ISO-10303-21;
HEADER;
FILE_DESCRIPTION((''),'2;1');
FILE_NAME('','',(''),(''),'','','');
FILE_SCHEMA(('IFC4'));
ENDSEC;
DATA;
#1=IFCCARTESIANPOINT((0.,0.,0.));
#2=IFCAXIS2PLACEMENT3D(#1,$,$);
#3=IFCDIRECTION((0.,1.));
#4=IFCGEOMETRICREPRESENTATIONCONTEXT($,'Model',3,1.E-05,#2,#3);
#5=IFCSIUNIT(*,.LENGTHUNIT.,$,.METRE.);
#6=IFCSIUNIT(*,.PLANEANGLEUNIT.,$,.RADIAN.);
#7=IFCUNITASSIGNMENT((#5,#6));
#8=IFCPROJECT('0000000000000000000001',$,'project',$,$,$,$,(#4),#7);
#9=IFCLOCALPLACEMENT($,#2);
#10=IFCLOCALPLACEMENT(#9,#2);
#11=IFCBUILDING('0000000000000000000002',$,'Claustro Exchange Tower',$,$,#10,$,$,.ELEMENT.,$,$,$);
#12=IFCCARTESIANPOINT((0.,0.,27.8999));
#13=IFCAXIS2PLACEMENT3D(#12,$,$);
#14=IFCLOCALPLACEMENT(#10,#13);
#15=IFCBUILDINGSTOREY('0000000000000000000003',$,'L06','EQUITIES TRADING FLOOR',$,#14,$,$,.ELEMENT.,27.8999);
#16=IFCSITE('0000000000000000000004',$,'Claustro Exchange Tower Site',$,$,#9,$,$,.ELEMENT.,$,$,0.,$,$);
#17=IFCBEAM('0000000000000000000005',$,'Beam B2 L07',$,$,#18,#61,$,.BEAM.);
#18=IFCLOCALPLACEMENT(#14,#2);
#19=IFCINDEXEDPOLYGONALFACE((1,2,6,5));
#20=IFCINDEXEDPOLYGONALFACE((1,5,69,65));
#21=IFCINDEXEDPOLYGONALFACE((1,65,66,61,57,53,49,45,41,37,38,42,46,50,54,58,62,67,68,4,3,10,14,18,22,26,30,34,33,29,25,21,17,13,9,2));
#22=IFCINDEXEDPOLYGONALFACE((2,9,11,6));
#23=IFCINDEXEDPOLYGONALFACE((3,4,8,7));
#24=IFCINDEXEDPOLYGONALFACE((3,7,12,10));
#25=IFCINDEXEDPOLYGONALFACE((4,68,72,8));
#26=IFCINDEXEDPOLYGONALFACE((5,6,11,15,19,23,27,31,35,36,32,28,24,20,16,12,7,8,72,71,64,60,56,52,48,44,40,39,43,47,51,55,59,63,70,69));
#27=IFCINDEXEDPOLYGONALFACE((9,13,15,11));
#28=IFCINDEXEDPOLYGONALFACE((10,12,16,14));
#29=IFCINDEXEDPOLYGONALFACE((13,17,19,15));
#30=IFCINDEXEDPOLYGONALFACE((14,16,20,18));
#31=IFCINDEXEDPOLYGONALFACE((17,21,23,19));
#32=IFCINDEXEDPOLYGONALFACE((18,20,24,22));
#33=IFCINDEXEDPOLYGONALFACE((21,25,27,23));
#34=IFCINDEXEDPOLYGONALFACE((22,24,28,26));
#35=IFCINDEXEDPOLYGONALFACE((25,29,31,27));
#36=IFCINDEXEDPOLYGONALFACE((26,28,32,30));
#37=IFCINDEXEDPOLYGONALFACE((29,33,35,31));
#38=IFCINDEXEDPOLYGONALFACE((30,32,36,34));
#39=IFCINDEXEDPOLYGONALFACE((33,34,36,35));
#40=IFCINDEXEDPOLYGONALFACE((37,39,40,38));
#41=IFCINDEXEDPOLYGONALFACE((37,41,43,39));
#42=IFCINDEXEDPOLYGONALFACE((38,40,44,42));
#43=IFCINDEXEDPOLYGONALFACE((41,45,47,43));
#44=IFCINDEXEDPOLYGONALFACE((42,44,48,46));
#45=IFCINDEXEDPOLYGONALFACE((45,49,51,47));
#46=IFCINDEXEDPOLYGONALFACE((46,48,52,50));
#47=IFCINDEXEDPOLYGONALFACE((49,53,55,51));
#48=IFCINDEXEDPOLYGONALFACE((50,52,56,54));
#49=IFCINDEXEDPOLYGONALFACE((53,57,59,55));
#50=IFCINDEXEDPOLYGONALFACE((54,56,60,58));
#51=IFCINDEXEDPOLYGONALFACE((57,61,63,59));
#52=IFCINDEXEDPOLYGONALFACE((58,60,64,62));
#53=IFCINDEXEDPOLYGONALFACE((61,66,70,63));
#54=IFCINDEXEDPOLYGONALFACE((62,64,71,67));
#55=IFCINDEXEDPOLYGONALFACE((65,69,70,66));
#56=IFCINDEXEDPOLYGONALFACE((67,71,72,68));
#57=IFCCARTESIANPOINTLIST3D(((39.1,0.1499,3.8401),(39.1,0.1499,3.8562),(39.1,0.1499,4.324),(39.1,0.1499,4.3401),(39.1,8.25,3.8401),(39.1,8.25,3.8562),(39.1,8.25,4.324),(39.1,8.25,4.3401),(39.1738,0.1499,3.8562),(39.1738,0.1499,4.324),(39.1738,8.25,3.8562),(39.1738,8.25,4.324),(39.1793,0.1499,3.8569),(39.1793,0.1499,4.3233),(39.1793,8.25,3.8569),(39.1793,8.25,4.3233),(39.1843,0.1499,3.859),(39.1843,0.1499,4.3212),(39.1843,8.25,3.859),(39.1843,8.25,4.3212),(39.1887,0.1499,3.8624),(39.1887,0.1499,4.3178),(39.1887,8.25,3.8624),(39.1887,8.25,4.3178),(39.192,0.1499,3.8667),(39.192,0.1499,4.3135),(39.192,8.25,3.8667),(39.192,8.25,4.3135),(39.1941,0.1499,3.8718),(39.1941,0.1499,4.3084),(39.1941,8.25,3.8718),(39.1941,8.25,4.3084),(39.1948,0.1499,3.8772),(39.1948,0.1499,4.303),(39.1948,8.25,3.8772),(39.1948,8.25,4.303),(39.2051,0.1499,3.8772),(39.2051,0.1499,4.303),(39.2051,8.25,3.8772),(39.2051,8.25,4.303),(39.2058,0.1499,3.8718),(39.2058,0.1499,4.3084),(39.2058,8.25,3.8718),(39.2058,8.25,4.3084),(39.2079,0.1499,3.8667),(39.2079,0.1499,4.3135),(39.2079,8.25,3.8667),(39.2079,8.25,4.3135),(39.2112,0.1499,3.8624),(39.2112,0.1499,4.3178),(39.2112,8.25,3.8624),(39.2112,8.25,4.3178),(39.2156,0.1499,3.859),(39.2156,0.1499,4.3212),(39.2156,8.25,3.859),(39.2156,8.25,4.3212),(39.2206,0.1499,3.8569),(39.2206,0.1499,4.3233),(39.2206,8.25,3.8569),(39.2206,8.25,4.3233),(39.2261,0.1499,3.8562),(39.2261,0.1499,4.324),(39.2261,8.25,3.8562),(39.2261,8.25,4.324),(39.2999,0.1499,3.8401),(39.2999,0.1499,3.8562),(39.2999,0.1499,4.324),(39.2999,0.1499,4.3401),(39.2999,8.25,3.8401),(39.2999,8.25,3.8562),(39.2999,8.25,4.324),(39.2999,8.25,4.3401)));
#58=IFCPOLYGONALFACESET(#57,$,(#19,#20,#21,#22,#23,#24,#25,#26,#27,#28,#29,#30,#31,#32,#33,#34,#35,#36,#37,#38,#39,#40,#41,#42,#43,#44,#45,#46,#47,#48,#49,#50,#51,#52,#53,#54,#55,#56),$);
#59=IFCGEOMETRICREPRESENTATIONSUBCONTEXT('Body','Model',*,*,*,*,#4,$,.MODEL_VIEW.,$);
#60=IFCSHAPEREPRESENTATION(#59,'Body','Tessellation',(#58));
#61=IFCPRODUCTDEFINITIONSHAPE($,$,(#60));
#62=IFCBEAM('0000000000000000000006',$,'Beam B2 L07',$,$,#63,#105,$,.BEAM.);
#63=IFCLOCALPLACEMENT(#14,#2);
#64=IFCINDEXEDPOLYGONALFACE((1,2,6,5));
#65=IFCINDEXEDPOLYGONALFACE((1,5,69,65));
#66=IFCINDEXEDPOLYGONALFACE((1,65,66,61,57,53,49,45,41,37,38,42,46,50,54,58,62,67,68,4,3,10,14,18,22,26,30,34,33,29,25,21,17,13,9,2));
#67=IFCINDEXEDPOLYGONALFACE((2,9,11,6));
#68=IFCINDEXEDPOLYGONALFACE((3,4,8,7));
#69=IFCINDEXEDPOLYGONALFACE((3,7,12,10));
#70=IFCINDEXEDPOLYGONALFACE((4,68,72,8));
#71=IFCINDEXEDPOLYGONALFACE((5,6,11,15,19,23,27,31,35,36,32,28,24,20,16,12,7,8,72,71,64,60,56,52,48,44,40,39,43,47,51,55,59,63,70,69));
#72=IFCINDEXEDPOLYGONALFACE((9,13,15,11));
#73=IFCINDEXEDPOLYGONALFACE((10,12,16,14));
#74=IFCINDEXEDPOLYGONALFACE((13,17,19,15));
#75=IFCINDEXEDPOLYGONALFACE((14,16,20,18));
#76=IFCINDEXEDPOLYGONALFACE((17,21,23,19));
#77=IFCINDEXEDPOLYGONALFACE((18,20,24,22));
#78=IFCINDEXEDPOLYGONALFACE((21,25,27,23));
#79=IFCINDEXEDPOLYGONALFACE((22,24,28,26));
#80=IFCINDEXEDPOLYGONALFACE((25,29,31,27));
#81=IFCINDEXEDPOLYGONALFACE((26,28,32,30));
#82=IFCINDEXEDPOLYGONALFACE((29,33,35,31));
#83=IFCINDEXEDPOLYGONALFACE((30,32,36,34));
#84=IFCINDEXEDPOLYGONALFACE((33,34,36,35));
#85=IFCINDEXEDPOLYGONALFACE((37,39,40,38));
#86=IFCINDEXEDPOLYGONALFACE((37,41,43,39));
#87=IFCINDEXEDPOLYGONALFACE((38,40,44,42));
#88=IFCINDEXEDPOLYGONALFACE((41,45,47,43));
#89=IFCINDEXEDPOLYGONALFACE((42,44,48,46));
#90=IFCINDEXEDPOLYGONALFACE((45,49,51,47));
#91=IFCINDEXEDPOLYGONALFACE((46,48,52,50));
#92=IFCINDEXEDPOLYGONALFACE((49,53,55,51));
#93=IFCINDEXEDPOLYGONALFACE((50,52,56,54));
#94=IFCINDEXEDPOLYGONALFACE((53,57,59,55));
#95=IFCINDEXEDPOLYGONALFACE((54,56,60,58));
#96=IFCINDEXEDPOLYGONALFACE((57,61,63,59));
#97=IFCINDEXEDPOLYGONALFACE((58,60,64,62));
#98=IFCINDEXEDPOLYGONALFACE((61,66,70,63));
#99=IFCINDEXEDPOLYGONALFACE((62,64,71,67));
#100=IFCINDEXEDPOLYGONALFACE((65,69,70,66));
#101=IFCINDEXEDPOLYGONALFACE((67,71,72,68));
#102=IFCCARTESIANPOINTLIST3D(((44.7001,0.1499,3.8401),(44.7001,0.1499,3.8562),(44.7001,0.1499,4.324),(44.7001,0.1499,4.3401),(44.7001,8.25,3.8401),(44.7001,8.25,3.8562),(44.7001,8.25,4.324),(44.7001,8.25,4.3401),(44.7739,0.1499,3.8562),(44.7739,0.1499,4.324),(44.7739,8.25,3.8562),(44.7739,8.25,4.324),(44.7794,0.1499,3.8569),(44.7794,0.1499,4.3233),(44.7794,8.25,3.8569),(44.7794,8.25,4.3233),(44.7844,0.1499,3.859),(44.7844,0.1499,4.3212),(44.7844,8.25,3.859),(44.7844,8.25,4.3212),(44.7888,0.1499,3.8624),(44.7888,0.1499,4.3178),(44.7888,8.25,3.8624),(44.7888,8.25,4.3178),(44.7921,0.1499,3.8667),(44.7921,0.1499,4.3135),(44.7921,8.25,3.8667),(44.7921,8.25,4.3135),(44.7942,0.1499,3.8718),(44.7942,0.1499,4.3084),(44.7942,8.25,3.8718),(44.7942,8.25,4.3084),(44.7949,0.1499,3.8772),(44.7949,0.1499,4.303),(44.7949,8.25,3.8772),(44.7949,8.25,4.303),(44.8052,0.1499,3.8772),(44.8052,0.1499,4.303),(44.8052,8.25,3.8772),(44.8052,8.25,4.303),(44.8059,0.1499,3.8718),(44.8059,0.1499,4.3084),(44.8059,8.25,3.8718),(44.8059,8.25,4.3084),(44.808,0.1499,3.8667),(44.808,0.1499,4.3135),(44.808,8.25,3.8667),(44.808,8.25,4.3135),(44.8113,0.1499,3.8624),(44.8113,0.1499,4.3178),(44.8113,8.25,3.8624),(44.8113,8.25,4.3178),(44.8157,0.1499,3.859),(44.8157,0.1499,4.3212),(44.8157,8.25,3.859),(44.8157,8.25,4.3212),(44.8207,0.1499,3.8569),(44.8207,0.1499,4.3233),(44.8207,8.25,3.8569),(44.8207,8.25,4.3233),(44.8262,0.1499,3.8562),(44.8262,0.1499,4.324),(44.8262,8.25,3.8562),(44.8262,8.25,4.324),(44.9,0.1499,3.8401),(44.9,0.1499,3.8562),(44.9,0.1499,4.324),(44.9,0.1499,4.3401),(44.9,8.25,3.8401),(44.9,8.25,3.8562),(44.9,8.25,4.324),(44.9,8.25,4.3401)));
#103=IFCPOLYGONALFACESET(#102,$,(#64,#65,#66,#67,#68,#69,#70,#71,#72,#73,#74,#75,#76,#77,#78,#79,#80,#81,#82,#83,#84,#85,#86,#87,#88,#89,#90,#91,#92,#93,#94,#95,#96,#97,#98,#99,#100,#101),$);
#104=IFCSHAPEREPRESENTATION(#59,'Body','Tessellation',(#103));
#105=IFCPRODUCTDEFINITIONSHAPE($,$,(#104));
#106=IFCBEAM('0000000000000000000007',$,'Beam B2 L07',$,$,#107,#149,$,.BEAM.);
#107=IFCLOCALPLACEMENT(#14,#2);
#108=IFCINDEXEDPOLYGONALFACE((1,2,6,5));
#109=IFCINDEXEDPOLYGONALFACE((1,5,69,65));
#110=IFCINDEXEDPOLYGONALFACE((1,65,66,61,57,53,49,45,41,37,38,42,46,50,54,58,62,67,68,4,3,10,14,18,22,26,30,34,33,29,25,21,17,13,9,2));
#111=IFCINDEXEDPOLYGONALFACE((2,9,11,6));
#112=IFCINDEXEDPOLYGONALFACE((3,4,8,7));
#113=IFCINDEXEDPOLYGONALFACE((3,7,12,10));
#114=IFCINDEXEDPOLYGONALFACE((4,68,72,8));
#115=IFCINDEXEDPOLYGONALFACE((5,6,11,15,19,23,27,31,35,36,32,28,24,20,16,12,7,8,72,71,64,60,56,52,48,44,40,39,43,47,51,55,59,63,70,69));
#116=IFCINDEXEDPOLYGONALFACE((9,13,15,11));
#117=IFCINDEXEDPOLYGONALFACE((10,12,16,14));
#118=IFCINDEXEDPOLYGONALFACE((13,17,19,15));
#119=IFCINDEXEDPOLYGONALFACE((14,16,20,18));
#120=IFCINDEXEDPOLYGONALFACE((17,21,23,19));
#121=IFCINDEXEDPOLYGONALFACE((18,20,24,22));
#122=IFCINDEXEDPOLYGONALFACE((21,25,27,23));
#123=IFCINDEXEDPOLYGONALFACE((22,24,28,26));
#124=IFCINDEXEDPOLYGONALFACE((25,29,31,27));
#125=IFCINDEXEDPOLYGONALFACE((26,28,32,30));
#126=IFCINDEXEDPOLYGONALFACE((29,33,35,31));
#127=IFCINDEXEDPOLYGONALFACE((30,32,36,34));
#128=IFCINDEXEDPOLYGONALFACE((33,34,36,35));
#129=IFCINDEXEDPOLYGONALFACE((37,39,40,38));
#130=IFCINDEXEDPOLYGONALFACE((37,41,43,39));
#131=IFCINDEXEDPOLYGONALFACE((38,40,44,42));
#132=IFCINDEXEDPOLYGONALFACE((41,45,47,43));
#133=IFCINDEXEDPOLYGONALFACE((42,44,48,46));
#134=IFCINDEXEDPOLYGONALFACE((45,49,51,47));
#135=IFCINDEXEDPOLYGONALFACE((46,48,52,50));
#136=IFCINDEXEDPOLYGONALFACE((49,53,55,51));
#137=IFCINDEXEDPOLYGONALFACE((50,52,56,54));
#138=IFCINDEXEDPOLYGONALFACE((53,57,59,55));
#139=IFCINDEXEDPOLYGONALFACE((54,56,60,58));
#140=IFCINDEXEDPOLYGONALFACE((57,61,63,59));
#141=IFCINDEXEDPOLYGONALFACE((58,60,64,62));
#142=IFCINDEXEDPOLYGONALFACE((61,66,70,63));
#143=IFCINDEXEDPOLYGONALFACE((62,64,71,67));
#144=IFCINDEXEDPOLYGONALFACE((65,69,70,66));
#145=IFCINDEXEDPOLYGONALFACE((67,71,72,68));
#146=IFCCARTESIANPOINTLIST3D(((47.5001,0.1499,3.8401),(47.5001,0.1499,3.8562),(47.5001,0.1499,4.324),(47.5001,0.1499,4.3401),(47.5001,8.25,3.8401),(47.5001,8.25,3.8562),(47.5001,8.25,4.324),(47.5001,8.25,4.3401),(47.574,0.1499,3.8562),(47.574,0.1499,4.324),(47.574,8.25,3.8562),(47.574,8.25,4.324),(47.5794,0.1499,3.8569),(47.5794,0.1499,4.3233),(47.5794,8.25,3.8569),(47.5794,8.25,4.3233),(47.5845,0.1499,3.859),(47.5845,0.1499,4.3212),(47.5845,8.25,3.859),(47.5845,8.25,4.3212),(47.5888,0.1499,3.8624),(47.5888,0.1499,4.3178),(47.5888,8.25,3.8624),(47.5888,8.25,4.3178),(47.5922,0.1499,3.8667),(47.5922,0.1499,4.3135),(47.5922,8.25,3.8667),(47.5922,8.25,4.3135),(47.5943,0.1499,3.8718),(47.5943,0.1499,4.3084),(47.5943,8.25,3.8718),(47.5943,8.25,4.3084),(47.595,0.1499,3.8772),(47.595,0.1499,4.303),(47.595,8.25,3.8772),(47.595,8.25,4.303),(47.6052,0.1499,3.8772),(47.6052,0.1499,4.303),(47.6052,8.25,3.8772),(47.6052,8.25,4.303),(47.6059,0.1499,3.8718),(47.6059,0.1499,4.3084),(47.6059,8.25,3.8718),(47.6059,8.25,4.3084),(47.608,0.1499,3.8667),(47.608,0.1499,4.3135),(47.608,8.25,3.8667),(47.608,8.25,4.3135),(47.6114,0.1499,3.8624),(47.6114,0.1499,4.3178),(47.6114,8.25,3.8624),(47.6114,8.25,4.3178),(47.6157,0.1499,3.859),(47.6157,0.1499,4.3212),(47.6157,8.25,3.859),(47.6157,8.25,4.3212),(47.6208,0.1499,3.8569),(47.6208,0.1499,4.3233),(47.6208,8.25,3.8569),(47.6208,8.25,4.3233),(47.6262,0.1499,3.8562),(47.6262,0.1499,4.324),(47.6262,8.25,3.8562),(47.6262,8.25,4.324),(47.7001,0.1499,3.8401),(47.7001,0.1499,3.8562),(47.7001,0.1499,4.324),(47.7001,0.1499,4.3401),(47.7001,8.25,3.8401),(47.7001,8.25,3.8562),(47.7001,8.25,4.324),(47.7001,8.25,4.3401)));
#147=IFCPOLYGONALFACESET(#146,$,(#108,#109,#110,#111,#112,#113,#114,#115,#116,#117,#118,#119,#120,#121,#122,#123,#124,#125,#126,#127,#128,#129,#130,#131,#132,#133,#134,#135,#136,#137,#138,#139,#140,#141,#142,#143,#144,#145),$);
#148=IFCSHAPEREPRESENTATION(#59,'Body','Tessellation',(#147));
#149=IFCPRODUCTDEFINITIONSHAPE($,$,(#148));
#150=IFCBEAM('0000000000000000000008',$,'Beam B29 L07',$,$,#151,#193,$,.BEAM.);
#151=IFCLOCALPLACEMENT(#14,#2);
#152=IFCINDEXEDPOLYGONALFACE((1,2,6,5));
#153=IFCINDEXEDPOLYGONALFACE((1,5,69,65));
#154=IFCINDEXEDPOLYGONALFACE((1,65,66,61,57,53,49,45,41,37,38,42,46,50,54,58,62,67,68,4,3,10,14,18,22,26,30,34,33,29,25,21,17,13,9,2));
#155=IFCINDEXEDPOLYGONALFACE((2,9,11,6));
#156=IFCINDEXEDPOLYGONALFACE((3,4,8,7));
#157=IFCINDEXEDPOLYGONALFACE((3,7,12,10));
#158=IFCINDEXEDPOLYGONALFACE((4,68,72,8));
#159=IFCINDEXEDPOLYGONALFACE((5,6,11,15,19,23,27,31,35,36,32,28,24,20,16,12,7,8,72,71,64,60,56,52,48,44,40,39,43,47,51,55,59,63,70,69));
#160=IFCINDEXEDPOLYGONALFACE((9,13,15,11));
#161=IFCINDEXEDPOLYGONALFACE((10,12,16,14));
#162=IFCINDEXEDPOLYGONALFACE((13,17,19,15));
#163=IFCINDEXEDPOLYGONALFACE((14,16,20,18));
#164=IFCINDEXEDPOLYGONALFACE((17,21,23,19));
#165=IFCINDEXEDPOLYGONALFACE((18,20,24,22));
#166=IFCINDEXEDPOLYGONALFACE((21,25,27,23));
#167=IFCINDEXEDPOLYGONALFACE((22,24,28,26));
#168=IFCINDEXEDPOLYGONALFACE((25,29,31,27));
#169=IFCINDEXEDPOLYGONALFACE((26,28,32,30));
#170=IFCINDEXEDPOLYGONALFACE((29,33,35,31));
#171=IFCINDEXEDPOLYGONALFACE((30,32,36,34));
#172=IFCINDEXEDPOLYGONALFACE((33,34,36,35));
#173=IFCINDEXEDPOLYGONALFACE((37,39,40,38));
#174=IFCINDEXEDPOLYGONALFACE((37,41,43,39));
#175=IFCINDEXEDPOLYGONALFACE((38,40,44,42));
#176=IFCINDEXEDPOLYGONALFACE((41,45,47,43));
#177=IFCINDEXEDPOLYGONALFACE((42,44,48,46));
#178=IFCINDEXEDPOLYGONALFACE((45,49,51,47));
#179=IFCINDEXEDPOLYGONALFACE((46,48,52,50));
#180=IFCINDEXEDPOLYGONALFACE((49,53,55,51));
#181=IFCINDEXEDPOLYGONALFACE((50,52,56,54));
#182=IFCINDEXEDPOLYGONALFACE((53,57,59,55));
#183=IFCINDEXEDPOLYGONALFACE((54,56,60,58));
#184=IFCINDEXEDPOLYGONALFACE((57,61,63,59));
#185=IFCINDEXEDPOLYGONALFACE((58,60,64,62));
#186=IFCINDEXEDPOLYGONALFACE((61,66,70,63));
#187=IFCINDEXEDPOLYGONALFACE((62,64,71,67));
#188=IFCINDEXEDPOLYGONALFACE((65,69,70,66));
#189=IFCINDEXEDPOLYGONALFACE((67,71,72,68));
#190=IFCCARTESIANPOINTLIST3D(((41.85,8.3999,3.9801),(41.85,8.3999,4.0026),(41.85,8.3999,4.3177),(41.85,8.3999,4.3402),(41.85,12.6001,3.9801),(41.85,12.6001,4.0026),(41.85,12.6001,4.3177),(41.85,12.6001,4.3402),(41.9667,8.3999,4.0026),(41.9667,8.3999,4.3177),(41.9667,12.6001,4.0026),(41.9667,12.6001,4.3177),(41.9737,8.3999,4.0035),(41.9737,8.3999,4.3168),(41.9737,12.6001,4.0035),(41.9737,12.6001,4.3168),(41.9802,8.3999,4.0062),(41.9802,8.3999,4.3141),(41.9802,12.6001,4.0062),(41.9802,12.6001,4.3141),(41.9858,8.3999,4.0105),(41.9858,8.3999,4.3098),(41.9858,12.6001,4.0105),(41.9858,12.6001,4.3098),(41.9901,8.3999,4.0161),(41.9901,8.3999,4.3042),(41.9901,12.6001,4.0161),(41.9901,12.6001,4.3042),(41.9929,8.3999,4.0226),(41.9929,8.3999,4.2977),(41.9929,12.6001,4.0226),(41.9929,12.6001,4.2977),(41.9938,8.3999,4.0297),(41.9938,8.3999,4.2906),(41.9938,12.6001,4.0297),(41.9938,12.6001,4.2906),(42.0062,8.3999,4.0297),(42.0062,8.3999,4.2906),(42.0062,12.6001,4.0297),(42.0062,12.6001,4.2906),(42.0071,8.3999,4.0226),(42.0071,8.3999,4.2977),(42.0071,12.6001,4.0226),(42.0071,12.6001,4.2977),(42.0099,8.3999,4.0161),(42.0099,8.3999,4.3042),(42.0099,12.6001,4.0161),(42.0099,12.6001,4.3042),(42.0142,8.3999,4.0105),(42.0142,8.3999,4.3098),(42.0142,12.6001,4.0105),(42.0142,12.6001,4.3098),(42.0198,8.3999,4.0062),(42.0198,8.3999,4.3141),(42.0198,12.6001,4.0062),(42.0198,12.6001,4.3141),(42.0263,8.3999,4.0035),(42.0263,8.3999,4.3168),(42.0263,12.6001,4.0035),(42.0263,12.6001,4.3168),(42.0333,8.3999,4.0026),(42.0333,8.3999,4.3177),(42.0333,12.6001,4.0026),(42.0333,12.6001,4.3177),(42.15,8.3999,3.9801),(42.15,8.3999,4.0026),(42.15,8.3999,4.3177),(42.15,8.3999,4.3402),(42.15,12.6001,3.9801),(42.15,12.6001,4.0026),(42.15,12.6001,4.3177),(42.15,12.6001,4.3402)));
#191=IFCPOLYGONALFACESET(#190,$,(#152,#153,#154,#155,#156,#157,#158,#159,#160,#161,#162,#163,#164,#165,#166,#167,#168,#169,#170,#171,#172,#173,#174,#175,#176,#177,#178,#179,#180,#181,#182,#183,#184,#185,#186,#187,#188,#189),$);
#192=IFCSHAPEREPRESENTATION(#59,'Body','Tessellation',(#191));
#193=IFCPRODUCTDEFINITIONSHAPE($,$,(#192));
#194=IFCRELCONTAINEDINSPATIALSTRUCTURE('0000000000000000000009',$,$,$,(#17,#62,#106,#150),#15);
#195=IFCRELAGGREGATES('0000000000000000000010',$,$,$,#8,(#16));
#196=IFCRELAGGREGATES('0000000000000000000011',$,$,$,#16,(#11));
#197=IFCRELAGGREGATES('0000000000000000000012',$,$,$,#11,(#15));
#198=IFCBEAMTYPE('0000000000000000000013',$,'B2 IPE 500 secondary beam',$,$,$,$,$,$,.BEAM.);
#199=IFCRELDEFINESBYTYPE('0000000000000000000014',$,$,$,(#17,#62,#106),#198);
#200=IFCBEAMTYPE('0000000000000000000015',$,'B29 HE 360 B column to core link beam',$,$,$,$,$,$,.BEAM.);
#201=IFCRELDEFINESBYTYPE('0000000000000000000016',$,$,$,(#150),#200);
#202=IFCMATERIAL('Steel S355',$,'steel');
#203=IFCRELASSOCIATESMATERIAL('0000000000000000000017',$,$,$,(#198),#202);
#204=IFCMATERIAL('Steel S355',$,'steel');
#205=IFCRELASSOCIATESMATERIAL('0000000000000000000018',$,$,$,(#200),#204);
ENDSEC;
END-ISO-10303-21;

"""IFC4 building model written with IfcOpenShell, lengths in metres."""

from ifc_helpers import new_model, si_unit, direction, frame, origin, origin_2d, place, context, subcontext, project, spatial, i_section, extrude, material, material_profile, profile_set, type_object, element, save


model = new_model("IFC4")

# Units and contexts
model_context = context("Model", 3, precision=1e-05, world=origin(), true_north=direction((0.0, 1.0)))
body_context = subcontext(model_context, "Body", "Model", "MODEL_VIEW")
ifc_project = project(units=[si_unit("LENGTHUNIT", "METRE"), si_unit("PLANEANGLEUNIT", "RADIAN")], contexts=[model_context])

# Site, building, storey
site_placement = place(None, origin())
site = spatial("IfcSite", under=ifc_project, at=site_placement, Name="Claustro Exchange Tower Site", CompositionType="ELEMENT", RefElevation=0.0)
building_placement = place(site_placement, origin())
building = spatial("IfcBuilding", under=site, at=building_placement, Name="Claustro Exchange Tower", CompositionType="ELEMENT")
storey_placement = place(building_placement, frame((0.0, 0.0, 27.8999)))
storey = spatial("IfcBuildingStorey", under=building, at=storey_placement, Name="L06", Description="EQUITIES TRADING FLOOR", CompositionType="ELEMENT", Elevation=27.8999)

# Beams
ifc_material_1 = material(Name="Steel S355", Category="steel")
ifc_material_profile_1 = material_profile(ifc_material_1, i_section(OverallWidth=0.2, OverallDepth=0.5, WebThickness=0.0103, FlangeThickness=0.0161, FilletRadius=0.021, at=origin_2d()), Name="IPE 500")
ifc_profile_set_1 = profile_set([ifc_material_profile_1], Name="Steel S355")
beam_type_1 = type_object("IfcBeamType", Name="B2 IPE 500 secondary beam", PredefinedType="BEAM", material=ifc_profile_set_1)
for number, where, z_axis, x_axis, name in (
    (1, (39.2, 0.1499, 4.0901), (0.0, 1.0, 0.0), (-1.0, 0.0, 0.0), "Beam B2 L07"),
    (2, (44.8, 0.1499, 4.0901), (0.0, 1.0, 0.0), (-1.0, 0.0, 0.0), "Beam B2 L07"),
    (3, (47.6001, 0.1499, 4.0901), (0.0, 1.0, 0.0), (-1.0, 0.0, 0.0), "Beam B2 L07"),
):
    element("IfcBeam", number, at=place(storey_placement, frame(where, z_axis=z_axis, x_axis=x_axis)), inside=storey, type_object=beam_type_1, Name=name, PredefinedType="BEAM", context=body_context, shape_type="SweptSolid", body=[
        extrude(i_section(OverallWidth=0.2, OverallDepth=0.5, WebThickness=0.0103, FlangeThickness=0.0161, FilletRadius=0.021, at=origin_2d()), origin(), (0.0, 0.0, 1.0), 8.1001),
    ])
ifc_material_2 = material(Name="Steel S355", Category="steel")
ifc_material_profile_2 = material_profile(ifc_material_2, i_section(OverallWidth=0.3, OverallDepth=0.3601, WebThickness=0.0125, FlangeThickness=0.0225, FilletRadius=0.0271, at=origin_2d()), Name="HE 360 B")
ifc_profile_set_2 = profile_set([ifc_material_profile_2], Name="Steel S355")
beam_type_2 = type_object("IfcBeamType", Name="B29 HE 360 B column to core link beam", PredefinedType="BEAM", material=ifc_profile_set_2)
beam_placement = place(storey_placement, frame((42.0, 8.3999, 4.1602), z_axis=(0.0, 1.0, 0.0), x_axis=(-1.0, 0.0, 0.0)))
element("IfcBeam", 4, at=beam_placement, inside=storey, type_object=beam_type_2, Name="Beam B29 L07", PredefinedType="BEAM", context=body_context, shape_type="SweptSolid", body=[
    extrude(i_section(OverallWidth=0.3, OverallDepth=0.3601, WebThickness=0.0125, FlangeThickness=0.0225, FilletRadius=0.0271, at=origin_2d()), origin(), (0.0, 0.0, 1.0), 4.2002),
])

save(model, "model.ifc")
